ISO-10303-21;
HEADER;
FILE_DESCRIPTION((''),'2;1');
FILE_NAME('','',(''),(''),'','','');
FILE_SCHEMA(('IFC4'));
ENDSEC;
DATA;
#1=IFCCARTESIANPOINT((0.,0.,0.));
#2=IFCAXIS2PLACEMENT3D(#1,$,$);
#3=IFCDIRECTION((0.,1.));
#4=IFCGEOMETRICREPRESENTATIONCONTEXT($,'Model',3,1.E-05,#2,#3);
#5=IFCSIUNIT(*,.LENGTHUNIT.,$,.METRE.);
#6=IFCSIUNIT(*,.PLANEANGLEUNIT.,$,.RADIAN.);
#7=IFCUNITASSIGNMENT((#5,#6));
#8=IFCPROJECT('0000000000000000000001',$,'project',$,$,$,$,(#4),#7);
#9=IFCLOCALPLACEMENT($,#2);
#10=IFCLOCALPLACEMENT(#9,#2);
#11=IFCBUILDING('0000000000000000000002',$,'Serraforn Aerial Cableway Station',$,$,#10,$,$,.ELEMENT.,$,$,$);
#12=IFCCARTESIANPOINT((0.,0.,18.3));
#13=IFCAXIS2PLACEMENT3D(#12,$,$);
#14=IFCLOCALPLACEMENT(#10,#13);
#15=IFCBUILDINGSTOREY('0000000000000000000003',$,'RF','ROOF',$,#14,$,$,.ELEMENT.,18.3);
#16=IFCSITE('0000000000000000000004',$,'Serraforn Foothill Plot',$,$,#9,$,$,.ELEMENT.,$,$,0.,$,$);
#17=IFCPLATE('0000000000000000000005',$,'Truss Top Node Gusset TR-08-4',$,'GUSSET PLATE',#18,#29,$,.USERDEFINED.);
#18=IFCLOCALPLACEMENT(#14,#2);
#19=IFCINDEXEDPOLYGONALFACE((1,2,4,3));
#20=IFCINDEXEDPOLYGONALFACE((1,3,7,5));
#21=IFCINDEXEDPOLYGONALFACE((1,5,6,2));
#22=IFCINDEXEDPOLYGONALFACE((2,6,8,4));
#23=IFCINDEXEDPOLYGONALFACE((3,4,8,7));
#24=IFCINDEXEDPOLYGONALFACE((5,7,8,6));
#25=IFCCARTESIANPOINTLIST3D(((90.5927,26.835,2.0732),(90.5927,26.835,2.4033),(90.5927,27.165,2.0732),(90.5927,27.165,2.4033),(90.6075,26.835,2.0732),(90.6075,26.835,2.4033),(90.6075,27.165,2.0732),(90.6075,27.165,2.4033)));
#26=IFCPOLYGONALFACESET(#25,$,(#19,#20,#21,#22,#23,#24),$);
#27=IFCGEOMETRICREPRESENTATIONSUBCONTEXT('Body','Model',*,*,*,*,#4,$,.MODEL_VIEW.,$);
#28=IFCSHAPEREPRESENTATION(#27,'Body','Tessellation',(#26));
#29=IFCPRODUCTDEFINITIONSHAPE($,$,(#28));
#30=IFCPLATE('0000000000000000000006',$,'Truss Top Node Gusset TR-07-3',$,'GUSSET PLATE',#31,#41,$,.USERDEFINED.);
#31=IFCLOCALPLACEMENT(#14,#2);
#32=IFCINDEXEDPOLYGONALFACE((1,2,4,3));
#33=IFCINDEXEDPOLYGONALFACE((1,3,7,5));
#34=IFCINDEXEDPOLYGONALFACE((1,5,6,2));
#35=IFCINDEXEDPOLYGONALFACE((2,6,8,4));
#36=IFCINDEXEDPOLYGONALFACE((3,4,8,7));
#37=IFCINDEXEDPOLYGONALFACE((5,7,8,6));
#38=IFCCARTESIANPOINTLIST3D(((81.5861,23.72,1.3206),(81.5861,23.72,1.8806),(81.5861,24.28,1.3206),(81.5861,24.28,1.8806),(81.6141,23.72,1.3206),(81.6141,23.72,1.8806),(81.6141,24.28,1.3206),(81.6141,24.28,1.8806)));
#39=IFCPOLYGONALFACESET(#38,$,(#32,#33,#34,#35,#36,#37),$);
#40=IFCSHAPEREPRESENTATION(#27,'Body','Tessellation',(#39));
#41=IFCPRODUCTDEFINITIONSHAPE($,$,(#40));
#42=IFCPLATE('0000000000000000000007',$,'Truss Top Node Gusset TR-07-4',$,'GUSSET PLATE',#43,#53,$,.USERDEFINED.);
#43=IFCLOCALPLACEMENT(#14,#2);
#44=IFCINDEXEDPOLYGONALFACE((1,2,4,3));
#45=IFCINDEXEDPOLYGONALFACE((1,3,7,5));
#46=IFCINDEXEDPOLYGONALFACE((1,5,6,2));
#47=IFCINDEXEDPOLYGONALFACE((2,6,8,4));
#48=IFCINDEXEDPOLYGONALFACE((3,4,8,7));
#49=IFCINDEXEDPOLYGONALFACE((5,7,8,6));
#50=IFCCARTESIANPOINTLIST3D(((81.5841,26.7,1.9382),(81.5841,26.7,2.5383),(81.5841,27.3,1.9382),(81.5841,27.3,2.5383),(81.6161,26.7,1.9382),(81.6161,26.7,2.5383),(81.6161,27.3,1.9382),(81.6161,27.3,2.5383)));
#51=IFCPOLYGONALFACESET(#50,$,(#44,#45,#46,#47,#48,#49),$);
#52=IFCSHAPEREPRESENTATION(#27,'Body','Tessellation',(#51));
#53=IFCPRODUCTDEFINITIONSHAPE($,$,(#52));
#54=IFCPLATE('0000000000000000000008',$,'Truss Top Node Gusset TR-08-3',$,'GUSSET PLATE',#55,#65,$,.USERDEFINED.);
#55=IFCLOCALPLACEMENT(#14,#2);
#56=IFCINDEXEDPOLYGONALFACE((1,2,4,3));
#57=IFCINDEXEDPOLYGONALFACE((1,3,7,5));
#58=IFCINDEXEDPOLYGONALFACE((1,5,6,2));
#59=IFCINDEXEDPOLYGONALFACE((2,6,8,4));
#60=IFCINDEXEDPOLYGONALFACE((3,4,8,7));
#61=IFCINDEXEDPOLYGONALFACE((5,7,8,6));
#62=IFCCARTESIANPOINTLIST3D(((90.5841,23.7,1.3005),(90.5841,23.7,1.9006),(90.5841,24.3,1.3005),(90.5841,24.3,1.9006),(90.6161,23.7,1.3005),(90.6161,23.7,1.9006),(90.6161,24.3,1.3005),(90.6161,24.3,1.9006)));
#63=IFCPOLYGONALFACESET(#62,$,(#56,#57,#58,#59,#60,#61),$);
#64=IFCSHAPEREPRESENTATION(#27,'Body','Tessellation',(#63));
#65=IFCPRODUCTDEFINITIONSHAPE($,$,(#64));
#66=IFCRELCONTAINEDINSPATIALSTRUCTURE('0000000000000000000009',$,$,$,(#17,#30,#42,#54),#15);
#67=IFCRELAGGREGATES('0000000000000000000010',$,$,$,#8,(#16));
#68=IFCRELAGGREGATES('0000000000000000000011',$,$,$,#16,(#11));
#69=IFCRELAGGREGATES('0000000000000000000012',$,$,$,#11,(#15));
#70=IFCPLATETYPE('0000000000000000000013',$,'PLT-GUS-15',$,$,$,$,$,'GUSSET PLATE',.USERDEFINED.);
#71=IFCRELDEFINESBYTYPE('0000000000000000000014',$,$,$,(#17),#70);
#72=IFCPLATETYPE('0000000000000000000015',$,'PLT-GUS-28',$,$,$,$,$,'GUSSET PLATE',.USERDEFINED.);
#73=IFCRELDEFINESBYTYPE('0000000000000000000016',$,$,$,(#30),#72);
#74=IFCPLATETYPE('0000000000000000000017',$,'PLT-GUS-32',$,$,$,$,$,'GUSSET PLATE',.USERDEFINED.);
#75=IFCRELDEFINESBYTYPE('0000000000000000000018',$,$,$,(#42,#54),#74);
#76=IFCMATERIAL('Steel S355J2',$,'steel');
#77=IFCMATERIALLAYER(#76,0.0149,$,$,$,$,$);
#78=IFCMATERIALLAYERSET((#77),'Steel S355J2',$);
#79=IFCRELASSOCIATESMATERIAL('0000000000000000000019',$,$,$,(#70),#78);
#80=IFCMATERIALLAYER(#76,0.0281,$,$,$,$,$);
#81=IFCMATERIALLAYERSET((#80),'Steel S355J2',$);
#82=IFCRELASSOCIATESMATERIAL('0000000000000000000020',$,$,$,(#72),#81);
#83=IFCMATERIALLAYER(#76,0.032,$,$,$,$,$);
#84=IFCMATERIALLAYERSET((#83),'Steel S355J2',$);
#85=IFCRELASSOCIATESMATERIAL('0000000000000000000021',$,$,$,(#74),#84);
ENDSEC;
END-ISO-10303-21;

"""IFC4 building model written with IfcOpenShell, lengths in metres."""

from ifc_helpers import new_model, si_unit, direction, frame, origin, origin_2d, place, context, subcontext, project, spatial, rectangle, extrude, material, layer, layer_set, type_object, element, save


model = new_model("IFC4")

# Units and contexts
model_context = context("Model", 3, precision=1e-05, world=origin(), true_north=direction((0.0, 1.0)))
body_context = subcontext(model_context, "Body", "Model", "MODEL_VIEW")
ifc_project = project(units=[si_unit("LENGTHUNIT", "METRE"), si_unit("PLANEANGLEUNIT", "RADIAN")], contexts=[model_context])

# Site, building, storey
site_placement = place(None, origin())
site = spatial("IfcSite", under=ifc_project, at=site_placement, Name="Serraforn Foothill Plot", CompositionType="ELEMENT", RefElevation=0.0)
building_placement = place(site_placement, origin())
building = spatial("IfcBuilding", under=site, at=building_placement, Name="Serraforn Aerial Cableway Station", CompositionType="ELEMENT")
storey_placement = place(building_placement, frame((0.0, 0.0, 18.3)))
storey = spatial("IfcBuildingStorey", under=building, at=storey_placement, Name="RF", Description="ROOF", CompositionType="ELEMENT", Elevation=18.3)

# Shared definitions
ifc_material_1 = material(Name="Steel S355J2", Category="steel")

# Plates
ifc_layer_1 = layer(ifc_material_1, 0.0149)
ifc_layer_set_1 = layer_set([ifc_layer_1], Name="Steel S355J2")
plate_type_1 = type_object("IfcPlateType", Name="PLT-GUS-15", ElementType="GUSSET PLATE", PredefinedType="USERDEFINED", material=ifc_layer_set_1)
plate_1_placement = place(storey_placement, frame((90.6001, 27.0, 2.0732), z_axis=(0.0, 0.0, 1.0), x_axis=(1.0, 0.0, 0.0)))
element("IfcPlate", 1, at=plate_1_placement, inside=storey, type_object=plate_type_1, Name="Truss Top Node Gusset TR-08-4", ObjectType="GUSSET PLATE", PredefinedType="USERDEFINED", context=body_context, shape_type="SweptSolid", body=[
    extrude(rectangle(XDim=0.0149, YDim=0.3301, at=origin_2d()), origin(), (0.0, 0.0, 1.0), 0.3301),
])
ifc_layer_2 = layer(ifc_material_1, 0.0281)
ifc_layer_set_2 = layer_set([ifc_layer_2], Name="Steel S355J2")
plate_type_2 = type_object("IfcPlateType", Name="PLT-GUS-28", ElementType="GUSSET PLATE", PredefinedType="USERDEFINED", material=ifc_layer_set_2)
plate_2_placement = place(storey_placement, frame((81.6001, 24.0, 1.3206), z_axis=(0.0, 0.0, 1.0), x_axis=(1.0, 0.0, 0.0)))
element("IfcPlate", 2, at=plate_2_placement, inside=storey, type_object=plate_type_2, Name="Truss Top Node Gusset TR-07-3", ObjectType="GUSSET PLATE", PredefinedType="USERDEFINED", context=body_context, shape_type="SweptSolid", body=[
    extrude(rectangle(XDim=0.0281, YDim=0.5601, at=origin_2d()), origin(), (0.0, 0.0, 1.0), 0.5601),
])
ifc_layer_3 = layer(ifc_material_1, 0.032)
ifc_layer_set_3 = layer_set([ifc_layer_3], Name="Steel S355J2")
plate_type_3 = type_object("IfcPlateType", Name="PLT-GUS-32", ElementType="GUSSET PLATE", PredefinedType="USERDEFINED", material=ifc_layer_set_3)
for number, where, z_axis, x_axis, name in (
    (3, (81.6001, 27.0, 1.9382), (0.0, 0.0, 1.0), (1.0, 0.0, 0.0), "Truss Top Node Gusset TR-07-4"),
    (4, (90.6001, 24.0, 1.3005), (0.0, 0.0, 1.0), (1.0, 0.0, 0.0), "Truss Top Node Gusset TR-08-3"),
):
    element("IfcPlate", number, at=place(storey_placement, frame(where, z_axis=z_axis, x_axis=x_axis)), inside=storey, type_object=plate_type_3, Name=name, ObjectType="GUSSET PLATE", PredefinedType="USERDEFINED", context=body_context, shape_type="SweptSolid", body=[
        extrude(rectangle(XDim=0.032, YDim=0.6001, at=origin_2d()), origin(), (0.0, 0.0, 1.0), 0.6001),
    ])

save(model, "model.ifc")
